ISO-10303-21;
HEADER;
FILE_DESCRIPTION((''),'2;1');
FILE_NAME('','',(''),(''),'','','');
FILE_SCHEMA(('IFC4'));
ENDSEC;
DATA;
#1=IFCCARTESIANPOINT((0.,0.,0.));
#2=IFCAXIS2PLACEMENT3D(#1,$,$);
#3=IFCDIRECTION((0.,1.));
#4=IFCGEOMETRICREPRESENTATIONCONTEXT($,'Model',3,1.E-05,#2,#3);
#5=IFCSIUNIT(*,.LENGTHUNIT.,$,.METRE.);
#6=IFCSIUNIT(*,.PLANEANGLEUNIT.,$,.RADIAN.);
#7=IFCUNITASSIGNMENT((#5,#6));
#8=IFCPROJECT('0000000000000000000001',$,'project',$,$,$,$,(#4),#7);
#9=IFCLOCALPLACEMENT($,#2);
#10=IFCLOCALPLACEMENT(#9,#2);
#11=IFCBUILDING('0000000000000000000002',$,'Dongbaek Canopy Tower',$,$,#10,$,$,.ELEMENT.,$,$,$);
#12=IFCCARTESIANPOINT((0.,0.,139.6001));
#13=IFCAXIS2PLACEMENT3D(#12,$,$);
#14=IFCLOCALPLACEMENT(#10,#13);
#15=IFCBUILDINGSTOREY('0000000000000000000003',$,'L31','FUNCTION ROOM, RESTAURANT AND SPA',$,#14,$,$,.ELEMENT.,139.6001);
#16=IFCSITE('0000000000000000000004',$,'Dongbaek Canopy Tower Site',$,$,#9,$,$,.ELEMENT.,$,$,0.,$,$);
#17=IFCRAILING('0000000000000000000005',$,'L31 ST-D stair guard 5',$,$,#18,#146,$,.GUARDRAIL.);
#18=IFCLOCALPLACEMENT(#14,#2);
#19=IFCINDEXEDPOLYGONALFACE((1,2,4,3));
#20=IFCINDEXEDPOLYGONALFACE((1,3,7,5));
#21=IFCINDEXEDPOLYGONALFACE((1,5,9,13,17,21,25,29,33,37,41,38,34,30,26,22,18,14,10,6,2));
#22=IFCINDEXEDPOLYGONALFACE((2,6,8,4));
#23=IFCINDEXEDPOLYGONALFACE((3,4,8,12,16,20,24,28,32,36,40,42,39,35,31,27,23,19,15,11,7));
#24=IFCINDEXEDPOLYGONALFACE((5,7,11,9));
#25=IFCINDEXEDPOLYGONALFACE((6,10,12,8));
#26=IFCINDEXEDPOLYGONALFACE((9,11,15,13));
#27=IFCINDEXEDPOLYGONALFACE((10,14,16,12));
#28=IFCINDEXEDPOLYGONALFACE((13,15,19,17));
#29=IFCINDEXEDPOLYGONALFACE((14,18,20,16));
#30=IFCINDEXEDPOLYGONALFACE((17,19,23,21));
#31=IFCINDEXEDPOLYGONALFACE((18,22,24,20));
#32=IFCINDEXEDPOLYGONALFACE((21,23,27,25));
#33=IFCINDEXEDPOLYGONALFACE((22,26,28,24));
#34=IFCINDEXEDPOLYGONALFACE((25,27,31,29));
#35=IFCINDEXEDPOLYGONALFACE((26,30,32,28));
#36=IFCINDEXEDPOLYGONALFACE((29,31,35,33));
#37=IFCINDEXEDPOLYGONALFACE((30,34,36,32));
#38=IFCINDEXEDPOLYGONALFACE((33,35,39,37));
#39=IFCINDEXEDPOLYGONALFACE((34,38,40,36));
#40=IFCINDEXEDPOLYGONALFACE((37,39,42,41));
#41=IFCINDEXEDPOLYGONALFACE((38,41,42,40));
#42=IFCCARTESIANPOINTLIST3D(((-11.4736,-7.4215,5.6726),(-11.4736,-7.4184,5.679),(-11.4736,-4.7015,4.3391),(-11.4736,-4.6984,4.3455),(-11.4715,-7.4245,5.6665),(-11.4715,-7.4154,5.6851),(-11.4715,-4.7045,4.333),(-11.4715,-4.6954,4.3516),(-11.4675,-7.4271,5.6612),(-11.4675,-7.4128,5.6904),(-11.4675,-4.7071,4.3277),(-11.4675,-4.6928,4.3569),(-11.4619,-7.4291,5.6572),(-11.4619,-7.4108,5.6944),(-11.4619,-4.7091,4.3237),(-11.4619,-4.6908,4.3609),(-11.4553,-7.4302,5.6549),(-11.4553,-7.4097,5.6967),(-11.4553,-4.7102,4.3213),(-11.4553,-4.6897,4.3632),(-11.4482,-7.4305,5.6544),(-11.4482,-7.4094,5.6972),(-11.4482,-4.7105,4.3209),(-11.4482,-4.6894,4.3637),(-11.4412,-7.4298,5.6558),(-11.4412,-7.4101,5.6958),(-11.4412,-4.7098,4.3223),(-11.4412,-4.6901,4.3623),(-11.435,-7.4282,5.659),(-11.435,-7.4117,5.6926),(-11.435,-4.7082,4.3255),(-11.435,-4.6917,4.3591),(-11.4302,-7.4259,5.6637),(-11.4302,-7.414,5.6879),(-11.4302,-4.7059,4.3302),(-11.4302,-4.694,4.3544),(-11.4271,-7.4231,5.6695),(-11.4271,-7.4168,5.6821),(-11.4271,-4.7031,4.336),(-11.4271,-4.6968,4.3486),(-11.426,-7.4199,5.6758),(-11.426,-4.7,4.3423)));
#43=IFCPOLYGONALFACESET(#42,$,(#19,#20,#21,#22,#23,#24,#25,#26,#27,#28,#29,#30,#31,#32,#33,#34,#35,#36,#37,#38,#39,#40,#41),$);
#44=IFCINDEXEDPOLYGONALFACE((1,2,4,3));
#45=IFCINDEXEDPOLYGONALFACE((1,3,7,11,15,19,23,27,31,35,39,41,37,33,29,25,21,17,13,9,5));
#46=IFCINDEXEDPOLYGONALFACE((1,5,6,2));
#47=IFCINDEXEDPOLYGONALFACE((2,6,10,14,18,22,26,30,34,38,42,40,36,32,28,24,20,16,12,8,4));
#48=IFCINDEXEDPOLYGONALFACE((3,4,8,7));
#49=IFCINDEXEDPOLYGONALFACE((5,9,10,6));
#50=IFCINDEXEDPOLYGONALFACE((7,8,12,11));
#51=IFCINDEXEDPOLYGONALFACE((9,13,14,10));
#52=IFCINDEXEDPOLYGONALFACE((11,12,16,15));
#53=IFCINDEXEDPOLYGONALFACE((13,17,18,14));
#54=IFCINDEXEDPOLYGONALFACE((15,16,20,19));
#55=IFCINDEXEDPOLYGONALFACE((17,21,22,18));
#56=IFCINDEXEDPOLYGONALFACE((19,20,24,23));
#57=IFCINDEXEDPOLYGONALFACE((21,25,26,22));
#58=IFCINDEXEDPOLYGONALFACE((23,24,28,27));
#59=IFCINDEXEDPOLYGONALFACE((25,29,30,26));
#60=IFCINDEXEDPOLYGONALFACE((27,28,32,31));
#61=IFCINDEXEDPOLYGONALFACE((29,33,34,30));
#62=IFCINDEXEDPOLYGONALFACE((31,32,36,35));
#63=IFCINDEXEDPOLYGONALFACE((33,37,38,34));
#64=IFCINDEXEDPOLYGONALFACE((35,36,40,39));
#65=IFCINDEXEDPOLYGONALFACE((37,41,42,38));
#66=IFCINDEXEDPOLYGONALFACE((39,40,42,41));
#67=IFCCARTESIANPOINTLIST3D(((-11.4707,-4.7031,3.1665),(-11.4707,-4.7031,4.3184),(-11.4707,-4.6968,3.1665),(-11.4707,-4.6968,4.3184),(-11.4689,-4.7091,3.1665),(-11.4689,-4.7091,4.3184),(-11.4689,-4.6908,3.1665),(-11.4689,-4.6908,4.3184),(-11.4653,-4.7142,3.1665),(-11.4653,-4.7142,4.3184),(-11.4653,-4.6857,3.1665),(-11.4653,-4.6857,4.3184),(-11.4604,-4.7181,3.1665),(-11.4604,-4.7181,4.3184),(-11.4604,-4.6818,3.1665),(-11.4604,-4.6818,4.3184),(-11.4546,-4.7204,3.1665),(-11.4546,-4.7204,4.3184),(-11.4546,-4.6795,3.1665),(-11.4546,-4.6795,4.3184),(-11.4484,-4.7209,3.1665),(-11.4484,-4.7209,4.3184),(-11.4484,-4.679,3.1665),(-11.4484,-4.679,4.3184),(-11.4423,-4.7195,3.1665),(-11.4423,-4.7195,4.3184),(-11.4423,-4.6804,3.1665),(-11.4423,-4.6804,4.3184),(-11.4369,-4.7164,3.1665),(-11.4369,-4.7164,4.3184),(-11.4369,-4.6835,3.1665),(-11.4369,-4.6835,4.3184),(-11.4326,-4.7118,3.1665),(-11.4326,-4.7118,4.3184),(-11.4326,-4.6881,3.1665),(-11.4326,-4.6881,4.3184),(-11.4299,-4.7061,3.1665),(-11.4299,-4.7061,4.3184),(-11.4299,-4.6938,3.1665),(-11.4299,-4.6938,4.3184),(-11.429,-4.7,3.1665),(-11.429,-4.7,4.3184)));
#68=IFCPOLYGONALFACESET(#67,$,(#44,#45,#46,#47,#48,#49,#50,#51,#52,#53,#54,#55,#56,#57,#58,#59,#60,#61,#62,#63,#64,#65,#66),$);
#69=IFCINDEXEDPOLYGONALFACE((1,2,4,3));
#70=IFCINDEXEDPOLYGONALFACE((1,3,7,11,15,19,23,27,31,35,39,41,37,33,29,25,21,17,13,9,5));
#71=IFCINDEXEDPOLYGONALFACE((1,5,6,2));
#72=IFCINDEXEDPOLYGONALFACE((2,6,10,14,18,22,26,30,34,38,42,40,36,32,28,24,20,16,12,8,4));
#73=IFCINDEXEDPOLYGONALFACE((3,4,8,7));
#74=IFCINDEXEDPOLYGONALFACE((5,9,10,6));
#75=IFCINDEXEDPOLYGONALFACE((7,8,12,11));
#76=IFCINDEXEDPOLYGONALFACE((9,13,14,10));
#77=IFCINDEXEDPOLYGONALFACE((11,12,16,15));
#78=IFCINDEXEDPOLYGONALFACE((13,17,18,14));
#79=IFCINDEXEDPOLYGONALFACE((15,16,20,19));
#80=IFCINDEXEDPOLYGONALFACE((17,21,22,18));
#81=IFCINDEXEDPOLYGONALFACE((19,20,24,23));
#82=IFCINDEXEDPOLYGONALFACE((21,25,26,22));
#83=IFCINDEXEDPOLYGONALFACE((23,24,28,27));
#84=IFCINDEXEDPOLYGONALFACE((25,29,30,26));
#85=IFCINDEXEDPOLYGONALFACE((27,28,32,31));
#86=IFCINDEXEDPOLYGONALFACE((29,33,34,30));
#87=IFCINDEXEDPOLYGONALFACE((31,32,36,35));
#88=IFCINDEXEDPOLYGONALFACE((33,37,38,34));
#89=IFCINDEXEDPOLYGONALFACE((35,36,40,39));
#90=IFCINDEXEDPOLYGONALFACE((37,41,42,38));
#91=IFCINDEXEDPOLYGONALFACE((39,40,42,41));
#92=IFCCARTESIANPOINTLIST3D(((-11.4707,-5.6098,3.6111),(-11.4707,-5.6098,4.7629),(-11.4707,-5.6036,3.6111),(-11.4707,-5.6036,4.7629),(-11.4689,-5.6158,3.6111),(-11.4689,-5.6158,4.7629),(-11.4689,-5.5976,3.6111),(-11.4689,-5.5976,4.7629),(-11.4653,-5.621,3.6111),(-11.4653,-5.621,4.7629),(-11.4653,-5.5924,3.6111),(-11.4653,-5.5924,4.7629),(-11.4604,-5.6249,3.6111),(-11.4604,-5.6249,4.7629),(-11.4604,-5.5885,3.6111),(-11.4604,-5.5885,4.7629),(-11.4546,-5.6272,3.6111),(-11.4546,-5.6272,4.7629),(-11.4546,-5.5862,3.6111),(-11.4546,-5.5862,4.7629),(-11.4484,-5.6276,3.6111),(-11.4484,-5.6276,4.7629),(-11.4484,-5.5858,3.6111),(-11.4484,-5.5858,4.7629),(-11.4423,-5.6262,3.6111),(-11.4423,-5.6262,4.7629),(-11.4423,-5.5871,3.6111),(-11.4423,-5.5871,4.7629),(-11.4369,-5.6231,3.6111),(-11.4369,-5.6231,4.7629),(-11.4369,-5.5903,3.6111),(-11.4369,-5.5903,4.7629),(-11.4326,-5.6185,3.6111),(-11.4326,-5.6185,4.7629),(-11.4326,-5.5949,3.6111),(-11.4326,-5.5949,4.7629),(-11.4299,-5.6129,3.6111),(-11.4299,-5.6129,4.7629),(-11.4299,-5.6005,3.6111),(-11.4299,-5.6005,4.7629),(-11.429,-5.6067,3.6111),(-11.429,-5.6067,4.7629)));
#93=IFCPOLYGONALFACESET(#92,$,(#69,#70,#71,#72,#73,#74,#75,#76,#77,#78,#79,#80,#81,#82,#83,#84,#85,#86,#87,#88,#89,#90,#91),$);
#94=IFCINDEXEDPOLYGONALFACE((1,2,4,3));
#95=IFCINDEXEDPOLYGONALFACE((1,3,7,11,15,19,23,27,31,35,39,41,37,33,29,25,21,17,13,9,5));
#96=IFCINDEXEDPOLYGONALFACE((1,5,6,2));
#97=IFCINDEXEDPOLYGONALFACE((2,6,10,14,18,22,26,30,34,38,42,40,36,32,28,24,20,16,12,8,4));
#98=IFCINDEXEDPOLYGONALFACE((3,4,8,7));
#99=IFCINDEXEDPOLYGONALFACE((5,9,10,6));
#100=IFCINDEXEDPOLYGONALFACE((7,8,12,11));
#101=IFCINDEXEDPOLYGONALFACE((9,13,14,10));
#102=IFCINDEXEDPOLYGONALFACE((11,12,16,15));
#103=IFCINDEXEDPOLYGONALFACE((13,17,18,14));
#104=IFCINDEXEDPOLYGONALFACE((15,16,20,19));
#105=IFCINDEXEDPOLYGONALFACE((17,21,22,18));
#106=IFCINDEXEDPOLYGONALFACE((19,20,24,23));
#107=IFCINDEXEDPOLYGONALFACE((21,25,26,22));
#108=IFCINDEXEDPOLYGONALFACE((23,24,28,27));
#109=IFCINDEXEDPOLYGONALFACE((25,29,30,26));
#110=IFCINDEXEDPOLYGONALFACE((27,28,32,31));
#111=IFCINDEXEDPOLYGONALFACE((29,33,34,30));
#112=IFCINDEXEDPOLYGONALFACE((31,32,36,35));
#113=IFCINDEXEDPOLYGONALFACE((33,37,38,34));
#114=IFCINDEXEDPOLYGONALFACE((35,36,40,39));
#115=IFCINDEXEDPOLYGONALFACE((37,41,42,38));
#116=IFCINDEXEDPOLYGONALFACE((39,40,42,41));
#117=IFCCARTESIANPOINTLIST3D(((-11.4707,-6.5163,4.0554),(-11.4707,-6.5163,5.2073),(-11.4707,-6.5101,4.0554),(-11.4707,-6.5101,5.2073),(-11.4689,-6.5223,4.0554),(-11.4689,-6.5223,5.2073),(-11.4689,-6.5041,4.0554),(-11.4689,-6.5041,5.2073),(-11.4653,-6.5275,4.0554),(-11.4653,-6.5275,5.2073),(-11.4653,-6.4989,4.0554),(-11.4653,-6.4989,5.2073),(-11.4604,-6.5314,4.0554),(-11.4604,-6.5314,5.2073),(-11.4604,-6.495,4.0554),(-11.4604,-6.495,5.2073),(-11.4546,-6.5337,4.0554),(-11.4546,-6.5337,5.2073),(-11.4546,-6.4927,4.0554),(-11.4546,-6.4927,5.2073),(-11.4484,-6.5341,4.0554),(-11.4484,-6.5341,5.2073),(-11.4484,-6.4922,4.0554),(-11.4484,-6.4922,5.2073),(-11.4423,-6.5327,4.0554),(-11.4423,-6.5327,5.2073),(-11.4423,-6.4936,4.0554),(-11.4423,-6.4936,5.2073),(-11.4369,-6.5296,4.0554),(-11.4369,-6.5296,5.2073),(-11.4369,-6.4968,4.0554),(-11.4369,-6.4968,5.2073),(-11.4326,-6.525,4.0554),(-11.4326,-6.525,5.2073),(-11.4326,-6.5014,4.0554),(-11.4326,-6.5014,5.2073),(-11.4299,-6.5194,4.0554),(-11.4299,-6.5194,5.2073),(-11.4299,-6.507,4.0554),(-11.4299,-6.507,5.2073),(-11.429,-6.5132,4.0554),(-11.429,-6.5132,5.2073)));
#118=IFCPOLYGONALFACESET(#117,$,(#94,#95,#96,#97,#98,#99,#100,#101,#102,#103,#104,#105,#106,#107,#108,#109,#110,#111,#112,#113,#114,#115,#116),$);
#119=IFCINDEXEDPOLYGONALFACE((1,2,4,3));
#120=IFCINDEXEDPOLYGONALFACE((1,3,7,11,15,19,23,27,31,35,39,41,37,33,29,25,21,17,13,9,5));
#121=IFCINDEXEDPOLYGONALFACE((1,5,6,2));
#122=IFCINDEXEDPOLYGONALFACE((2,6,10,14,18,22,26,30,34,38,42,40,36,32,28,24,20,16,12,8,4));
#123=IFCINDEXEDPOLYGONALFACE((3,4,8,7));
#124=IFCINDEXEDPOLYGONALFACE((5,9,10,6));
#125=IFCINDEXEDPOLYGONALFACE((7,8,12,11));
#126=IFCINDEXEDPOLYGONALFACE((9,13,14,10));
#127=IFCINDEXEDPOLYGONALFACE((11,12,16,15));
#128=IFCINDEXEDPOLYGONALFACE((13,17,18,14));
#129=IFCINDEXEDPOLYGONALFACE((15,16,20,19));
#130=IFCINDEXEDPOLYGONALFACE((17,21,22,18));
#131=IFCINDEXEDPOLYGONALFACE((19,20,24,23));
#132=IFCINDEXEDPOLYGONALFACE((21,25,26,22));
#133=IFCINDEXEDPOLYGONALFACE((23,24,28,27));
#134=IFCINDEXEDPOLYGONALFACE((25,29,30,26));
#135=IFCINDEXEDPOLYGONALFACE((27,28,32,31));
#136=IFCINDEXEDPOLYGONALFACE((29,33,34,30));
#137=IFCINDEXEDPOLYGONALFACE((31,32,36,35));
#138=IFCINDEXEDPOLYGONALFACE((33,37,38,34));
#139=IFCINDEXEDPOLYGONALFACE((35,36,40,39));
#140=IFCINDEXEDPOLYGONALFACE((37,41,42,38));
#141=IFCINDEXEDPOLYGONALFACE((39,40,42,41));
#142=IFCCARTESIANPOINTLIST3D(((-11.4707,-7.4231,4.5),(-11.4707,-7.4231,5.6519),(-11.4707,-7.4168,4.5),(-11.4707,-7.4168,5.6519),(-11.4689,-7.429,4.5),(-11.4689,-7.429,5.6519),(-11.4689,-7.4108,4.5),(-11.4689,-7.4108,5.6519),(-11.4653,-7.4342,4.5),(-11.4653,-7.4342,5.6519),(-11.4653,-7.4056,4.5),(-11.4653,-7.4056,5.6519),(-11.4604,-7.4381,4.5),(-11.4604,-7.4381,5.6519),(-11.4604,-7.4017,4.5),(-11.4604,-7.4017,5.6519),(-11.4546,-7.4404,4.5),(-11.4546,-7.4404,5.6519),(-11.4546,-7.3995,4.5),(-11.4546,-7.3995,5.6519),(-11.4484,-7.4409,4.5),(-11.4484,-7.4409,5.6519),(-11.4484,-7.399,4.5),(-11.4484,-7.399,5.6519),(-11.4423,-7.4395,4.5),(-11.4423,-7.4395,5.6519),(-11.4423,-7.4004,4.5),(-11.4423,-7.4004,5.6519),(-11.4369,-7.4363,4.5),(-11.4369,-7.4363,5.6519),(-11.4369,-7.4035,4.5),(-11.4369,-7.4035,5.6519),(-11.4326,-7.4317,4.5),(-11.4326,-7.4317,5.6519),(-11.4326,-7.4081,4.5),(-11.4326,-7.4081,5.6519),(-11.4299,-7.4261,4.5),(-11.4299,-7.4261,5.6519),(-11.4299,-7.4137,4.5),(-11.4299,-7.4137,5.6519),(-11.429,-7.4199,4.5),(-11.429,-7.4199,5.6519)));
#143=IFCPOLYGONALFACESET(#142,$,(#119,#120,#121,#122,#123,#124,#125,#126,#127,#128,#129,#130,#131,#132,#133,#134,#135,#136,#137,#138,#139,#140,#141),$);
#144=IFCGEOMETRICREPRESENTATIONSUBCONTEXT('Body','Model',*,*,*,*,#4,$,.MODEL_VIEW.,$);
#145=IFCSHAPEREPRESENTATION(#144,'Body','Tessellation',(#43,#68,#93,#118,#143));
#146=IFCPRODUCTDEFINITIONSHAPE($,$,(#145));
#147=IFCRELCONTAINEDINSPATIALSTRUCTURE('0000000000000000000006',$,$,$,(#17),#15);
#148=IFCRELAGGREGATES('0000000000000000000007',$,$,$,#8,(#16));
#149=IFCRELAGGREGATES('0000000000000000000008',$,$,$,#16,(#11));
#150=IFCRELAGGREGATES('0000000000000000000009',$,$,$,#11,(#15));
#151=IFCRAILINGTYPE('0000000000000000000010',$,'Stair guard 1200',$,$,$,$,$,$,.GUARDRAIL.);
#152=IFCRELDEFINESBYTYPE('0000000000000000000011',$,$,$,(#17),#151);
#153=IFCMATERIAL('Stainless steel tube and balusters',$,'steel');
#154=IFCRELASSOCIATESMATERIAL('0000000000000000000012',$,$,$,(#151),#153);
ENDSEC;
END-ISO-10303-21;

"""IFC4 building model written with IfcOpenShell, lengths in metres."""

from ifc_helpers import new_model, si_unit, direction, frame, origin, origin_2d, place, context, subcontext, project, spatial, circle, extrude, material, type_object, element, save


model = new_model("IFC4")

# Units and contexts
model_context = context("Model", 3, precision=1e-05, world=origin(), true_north=direction((0.0, 1.0)))
body_context = subcontext(model_context, "Body", "Model", "MODEL_VIEW")
ifc_project = project(units=[si_unit("LENGTHUNIT", "METRE"), si_unit("PLANEANGLEUNIT", "RADIAN")], contexts=[model_context])

# Site, building, storey
site_placement = place(None, origin())
site = spatial("IfcSite", under=ifc_project, at=site_placement, Name="Dongbaek Canopy Tower Site", CompositionType="ELEMENT", RefElevation=0.0)
building_placement = place(site_placement, origin())
building = spatial("IfcBuilding", under=site, at=building_placement, Name="Dongbaek Canopy Tower", CompositionType="ELEMENT")
storey_placement = place(building_placement, frame((0.0, 0.0, 139.6001)))
storey = spatial("IfcBuildingStorey", under=building, at=storey_placement, Name="L31", Description="FUNCTION ROOM, RESTAURANT AND SPA", CompositionType="ELEMENT", Elevation=139.6001)

# Railing
ifc_material_1 = material(Name="Stainless steel tube and balusters", Category="steel")
railing_type_1 = type_object("IfcRailingType", Name="Stair guard 1200", PredefinedType="GUARDRAIL", material=ifc_material_1)
railing_1_placement = place(storey_placement, frame((-11.45, -4.7, 3.1665)))
element("IfcRailing", 1, at=railing_1_placement, inside=storey, type_object=railing_type_1, Name="L31 ST-D stair guard 5", PredefinedType="GUARDRAIL", context=body_context, shape_type="SweptSolid", body=[
    extrude(circle(Radius=0.0239, at=origin_2d()), frame((0.0, 0.0, 1.1758), z_axis=(0.0, -0.897898, 0.440204), x_axis=(1.0, 0.0, 0.0)), (0.0, 0.0, 1.0), 3.0293),
    extrude(circle(Radius=0.021, at=origin_2d()), origin(), (0.0, 0.0, 1.0), 1.1519),
    extrude(circle(Radius=0.021, at=origin_2d()), frame((0.0, -0.9067, 0.4446)), (0.0, 0.0, 1.0), 1.1519),
    extrude(circle(Radius=0.021, at=origin_2d()), frame((0.0, -1.8132, 0.8889)), (0.0, 0.0, 1.0), 1.1519),
    extrude(circle(Radius=0.021, at=origin_2d()), frame((0.0, -2.72, 1.3335)), (0.0, 0.0, 1.0), 1.1519),
])

save(model, "model.ifc")
